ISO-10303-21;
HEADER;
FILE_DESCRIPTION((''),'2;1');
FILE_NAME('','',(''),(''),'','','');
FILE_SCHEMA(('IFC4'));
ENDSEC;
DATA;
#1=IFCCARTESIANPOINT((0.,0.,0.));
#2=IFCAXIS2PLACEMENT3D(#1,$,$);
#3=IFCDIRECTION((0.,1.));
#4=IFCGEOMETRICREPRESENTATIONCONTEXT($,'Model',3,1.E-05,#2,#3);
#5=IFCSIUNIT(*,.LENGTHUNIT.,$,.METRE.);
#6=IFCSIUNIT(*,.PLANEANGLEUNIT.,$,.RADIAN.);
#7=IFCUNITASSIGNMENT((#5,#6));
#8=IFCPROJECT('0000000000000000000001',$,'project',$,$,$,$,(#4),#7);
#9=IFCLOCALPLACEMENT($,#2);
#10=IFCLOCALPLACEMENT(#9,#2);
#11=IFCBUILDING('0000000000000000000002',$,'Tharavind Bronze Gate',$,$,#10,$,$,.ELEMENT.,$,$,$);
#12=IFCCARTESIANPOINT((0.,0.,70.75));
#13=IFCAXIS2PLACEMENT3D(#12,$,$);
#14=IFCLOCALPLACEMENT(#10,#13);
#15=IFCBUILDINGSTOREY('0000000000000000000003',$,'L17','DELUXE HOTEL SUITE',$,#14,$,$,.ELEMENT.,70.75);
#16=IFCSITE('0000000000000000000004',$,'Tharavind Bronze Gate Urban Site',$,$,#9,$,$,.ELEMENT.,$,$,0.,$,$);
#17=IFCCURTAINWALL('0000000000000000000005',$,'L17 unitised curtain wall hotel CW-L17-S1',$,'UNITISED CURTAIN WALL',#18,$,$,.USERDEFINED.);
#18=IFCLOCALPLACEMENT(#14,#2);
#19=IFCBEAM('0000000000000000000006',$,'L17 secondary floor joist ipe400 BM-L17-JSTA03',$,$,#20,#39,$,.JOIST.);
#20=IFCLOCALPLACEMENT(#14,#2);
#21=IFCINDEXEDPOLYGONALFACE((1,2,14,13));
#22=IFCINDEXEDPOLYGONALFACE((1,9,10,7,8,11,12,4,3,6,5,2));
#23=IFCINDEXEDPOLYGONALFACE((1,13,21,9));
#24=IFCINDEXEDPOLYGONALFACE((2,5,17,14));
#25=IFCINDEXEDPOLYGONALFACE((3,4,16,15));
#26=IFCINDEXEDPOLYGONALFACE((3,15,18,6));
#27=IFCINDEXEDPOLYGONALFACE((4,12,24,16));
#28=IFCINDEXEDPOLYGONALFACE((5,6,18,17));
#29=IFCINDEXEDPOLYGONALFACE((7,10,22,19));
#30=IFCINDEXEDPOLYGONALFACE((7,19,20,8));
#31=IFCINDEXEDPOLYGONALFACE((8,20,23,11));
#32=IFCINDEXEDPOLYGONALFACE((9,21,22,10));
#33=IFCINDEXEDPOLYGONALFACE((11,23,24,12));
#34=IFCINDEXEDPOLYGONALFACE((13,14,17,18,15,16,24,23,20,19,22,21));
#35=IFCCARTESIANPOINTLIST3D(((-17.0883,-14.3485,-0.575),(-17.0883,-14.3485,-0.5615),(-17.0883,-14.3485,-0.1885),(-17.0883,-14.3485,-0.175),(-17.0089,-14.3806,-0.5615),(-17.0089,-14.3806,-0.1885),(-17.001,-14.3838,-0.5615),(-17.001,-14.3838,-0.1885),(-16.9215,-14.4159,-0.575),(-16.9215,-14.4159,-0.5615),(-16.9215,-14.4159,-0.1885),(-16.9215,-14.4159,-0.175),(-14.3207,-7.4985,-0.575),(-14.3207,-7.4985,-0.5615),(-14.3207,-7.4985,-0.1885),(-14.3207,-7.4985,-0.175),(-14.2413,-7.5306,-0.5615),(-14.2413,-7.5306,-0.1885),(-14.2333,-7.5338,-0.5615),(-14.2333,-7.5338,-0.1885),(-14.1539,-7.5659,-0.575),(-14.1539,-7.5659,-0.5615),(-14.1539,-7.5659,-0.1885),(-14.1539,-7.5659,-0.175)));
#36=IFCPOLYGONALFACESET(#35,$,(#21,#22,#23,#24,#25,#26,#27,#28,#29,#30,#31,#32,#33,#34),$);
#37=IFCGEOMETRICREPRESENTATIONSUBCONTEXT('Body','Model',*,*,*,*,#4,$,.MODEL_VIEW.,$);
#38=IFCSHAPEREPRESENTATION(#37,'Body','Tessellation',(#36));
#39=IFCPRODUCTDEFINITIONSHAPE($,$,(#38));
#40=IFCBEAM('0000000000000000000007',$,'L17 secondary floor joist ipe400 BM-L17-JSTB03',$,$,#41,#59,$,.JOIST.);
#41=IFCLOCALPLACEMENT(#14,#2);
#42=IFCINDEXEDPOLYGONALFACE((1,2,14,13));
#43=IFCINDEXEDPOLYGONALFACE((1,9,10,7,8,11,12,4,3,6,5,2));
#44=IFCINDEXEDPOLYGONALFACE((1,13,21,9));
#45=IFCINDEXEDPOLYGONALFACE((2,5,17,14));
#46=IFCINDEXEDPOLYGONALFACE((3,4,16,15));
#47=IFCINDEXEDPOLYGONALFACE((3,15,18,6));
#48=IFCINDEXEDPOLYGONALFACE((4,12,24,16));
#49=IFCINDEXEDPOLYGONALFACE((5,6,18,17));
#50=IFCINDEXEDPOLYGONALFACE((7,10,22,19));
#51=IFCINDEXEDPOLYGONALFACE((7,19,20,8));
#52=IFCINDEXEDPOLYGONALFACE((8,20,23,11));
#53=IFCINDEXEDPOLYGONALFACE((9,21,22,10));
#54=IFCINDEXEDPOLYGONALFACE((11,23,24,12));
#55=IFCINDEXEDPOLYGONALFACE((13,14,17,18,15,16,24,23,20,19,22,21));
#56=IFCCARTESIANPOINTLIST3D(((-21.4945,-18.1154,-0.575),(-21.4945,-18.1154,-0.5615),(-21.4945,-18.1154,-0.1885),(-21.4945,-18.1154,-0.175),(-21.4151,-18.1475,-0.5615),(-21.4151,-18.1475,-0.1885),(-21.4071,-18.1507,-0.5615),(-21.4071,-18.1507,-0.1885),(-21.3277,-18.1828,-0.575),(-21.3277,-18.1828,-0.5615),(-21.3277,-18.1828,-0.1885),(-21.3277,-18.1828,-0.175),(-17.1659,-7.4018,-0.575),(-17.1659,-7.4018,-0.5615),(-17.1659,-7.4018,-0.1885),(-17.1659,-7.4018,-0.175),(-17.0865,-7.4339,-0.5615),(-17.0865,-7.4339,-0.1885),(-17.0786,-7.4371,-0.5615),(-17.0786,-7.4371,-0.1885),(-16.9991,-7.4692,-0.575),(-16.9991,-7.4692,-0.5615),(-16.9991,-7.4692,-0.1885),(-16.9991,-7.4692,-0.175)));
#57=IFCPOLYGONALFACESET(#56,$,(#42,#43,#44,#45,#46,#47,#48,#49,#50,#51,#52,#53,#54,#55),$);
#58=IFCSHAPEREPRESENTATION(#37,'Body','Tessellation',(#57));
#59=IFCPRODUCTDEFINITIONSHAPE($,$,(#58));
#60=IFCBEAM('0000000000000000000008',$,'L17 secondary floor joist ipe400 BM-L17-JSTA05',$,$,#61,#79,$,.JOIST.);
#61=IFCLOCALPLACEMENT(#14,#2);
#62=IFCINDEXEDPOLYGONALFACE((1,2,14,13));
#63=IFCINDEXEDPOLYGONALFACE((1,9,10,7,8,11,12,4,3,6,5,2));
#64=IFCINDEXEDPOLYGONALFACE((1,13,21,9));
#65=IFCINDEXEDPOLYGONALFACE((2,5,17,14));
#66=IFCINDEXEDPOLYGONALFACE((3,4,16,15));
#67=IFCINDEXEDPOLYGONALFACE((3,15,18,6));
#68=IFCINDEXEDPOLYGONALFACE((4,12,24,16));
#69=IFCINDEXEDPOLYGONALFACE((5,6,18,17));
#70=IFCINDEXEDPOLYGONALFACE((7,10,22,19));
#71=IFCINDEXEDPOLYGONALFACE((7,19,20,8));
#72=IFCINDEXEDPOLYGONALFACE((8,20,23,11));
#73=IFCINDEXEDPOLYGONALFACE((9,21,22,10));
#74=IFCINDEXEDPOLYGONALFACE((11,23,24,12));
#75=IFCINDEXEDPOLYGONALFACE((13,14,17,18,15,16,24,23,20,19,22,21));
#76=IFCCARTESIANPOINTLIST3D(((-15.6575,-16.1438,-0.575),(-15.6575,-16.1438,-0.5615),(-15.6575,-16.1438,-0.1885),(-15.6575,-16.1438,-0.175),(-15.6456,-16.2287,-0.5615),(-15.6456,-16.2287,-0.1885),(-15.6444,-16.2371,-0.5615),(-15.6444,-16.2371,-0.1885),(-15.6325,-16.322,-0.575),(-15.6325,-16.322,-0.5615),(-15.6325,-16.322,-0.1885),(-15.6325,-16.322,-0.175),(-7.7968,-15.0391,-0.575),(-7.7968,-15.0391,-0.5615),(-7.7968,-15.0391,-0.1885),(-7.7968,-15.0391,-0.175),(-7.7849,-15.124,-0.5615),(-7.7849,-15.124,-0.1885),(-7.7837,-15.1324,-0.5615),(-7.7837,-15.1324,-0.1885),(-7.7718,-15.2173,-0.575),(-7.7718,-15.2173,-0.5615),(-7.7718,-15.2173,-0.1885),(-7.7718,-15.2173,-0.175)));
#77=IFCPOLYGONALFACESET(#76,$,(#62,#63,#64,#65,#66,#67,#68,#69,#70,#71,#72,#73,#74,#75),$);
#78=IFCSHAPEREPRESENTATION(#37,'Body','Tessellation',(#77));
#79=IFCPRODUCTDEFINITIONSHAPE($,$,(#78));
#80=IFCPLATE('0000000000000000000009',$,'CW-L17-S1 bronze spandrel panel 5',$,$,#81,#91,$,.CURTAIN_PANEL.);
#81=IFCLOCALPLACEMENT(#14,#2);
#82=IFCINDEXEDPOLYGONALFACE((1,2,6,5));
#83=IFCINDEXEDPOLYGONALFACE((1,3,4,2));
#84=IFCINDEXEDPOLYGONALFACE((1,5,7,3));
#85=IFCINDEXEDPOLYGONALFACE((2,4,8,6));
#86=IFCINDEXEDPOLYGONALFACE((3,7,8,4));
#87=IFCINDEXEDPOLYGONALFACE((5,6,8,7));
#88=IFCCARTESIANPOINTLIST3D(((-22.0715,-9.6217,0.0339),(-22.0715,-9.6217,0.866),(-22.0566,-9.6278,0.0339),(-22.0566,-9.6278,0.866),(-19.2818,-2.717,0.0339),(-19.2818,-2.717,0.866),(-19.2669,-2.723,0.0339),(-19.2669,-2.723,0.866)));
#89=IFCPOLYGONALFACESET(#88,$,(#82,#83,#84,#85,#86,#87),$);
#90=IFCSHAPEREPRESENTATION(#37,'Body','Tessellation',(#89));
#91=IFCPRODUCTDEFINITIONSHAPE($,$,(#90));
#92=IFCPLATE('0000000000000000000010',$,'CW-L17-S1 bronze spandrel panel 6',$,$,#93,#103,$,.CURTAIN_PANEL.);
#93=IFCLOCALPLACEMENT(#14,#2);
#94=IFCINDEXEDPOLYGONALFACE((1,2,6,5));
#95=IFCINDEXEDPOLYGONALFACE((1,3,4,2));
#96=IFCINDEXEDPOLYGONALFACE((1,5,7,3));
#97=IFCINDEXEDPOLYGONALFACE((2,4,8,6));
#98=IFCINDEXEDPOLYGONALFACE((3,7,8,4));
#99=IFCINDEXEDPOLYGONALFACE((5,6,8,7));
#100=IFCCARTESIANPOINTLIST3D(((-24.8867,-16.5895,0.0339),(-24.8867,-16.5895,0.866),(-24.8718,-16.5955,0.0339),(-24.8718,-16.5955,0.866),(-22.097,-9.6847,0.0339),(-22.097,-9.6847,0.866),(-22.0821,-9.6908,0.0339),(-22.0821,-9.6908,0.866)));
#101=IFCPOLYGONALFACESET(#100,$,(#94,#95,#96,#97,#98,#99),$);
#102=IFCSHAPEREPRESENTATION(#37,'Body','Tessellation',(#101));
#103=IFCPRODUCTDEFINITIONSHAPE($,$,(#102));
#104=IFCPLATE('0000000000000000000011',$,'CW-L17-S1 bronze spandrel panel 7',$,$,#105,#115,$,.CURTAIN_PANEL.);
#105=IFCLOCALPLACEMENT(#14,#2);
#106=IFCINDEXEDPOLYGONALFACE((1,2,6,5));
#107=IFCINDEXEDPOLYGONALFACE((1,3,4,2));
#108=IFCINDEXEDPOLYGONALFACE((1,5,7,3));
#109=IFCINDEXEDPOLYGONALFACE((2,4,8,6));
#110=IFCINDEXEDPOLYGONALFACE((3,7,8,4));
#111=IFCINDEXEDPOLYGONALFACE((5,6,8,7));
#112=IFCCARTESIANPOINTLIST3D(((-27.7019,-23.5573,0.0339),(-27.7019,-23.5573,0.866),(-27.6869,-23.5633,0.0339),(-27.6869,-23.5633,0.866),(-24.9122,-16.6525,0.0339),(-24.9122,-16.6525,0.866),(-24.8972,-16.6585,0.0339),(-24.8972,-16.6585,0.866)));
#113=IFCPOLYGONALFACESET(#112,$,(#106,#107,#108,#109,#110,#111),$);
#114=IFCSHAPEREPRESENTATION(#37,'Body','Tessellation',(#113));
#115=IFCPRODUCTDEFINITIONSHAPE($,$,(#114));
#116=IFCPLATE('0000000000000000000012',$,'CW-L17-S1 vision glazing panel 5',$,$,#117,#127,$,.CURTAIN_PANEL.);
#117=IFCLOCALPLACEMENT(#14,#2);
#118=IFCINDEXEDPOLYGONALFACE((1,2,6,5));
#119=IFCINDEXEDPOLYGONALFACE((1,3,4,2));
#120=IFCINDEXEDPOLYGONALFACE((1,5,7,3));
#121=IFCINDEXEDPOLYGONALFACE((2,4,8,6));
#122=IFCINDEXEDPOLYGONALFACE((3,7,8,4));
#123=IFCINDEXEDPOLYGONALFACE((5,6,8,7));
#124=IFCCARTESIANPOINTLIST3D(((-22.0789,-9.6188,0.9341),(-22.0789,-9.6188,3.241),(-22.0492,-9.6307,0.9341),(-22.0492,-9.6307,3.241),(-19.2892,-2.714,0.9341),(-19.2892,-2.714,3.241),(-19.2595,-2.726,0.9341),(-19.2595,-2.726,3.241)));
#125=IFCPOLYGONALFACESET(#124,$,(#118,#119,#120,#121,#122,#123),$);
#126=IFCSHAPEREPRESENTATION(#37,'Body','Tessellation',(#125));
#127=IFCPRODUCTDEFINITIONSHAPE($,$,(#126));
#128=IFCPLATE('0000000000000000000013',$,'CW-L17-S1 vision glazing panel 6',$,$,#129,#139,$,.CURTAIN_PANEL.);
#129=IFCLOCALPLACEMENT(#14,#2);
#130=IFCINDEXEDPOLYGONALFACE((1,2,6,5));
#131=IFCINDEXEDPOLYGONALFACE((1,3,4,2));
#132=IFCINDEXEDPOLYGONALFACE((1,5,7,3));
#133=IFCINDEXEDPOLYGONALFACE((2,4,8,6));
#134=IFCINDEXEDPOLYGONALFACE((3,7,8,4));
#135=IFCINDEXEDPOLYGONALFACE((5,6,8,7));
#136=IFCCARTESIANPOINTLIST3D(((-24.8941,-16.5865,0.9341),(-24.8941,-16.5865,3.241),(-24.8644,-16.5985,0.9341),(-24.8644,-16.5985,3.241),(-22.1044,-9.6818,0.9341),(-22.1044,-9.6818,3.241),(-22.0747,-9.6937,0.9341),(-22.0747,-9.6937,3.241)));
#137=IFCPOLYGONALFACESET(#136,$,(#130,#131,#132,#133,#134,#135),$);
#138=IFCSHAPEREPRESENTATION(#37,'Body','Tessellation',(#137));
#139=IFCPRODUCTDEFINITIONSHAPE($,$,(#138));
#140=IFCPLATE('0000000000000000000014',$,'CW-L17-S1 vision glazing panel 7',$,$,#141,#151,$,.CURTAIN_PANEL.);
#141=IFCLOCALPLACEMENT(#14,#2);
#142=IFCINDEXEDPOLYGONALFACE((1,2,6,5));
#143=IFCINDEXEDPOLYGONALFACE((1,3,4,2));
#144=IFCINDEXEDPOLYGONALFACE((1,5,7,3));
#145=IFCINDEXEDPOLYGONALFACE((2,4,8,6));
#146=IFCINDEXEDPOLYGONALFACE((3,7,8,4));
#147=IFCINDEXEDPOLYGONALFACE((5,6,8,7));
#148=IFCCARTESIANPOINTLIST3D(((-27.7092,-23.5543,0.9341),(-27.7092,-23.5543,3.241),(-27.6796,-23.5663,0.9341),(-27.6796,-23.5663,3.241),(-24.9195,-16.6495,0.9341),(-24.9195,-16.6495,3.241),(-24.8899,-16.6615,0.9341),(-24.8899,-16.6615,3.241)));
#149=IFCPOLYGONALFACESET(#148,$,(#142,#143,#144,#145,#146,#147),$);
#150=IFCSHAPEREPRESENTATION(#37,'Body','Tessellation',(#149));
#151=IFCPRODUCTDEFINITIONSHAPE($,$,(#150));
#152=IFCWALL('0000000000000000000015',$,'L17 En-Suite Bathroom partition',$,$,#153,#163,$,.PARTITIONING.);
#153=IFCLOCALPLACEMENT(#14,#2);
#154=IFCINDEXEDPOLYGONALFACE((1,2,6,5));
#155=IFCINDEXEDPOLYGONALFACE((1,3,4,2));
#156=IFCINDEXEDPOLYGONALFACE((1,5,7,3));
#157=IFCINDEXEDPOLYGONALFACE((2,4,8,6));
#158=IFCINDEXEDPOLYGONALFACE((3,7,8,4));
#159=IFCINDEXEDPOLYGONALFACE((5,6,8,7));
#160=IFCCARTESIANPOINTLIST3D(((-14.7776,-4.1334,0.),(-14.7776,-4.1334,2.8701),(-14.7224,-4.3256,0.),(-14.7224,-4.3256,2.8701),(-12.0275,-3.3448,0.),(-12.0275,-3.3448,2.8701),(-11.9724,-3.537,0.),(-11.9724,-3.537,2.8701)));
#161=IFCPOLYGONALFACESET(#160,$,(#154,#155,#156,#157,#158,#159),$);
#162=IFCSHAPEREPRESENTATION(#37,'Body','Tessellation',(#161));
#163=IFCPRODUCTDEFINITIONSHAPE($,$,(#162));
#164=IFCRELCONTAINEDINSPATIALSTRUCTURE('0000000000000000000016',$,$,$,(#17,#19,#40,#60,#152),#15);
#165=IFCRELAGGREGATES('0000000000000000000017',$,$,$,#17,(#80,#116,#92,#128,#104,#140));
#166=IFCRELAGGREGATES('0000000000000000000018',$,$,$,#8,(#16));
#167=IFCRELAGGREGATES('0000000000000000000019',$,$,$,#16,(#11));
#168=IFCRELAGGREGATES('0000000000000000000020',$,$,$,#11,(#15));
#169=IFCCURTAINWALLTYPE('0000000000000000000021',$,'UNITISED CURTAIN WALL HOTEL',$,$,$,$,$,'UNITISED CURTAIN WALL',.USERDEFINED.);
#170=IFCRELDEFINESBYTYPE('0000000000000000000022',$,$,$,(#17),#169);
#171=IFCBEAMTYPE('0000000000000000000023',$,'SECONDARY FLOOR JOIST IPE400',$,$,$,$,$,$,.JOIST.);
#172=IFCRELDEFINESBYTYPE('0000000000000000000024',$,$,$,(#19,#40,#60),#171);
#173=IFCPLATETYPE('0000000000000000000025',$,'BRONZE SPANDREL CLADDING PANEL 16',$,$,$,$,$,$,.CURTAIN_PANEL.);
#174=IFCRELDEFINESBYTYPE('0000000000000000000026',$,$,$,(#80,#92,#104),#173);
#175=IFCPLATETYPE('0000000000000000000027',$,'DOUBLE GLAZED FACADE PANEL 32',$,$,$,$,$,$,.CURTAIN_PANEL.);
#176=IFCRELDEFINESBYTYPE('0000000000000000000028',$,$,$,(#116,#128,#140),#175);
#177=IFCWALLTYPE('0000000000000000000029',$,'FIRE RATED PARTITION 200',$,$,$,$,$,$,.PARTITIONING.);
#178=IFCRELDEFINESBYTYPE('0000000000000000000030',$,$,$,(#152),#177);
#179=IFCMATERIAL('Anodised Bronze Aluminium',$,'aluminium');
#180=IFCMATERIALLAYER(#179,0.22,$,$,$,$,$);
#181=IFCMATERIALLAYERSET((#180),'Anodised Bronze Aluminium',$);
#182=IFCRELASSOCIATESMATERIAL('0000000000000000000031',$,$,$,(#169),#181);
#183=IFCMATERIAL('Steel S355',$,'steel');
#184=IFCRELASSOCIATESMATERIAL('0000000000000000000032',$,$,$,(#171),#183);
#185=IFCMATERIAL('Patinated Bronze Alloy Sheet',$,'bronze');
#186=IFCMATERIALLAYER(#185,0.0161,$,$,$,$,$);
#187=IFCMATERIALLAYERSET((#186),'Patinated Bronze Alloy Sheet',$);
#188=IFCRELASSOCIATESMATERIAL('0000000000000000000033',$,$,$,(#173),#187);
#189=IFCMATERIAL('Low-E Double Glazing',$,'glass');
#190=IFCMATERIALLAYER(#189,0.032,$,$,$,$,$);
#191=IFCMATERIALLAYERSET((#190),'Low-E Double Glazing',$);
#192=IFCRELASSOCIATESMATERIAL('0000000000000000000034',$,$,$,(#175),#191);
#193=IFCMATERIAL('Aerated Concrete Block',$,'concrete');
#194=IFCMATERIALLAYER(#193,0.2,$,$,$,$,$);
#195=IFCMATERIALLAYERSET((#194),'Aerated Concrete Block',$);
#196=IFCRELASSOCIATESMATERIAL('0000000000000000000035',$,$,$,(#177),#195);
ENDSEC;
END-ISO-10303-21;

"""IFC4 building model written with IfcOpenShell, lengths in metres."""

from ifc_helpers import new_model, si_unit, direction, frame, frame_2d, origin, origin_2d, place, context, subcontext, project, spatial, rectangle, i_section, extrude, material, layer, layer_set, material_profile, profile_set, type_object, element, aggregate, save


model = new_model("IFC4")

# Units and contexts
model_context = context("Model", 3, precision=1e-05, world=origin(), true_north=direction((0.0, 1.0)))
body_context = subcontext(model_context, "Body", "Model", "MODEL_VIEW")
ifc_project = project(units=[si_unit("LENGTHUNIT", "METRE"), si_unit("PLANEANGLEUNIT", "RADIAN")], contexts=[model_context])

# Site, building, storey
site_placement = place(None, origin())
site = spatial("IfcSite", under=ifc_project, at=site_placement, Name="Tharavind Bronze Gate Urban Site", CompositionType="ELEMENT", RefElevation=0.0)
building_placement = place(site_placement, origin())
building = spatial("IfcBuilding", under=site, at=building_placement, Name="Tharavind Bronze Gate", CompositionType="ELEMENT")
storey_placement = place(building_placement, frame((0.0, 0.0, 70.75)))
storey = spatial("IfcBuildingStorey", under=building, at=storey_placement, Name="L17", Description="DELUXE HOTEL SUITE", CompositionType="ELEMENT", Elevation=70.75)

# Curtain wall
ifc_material_1 = material(Name="Anodised Bronze Aluminium", Category="aluminium")
ifc_layer_1 = layer(ifc_material_1, 0.22)
ifc_layer_set_1 = layer_set([ifc_layer_1], Name="Anodised Bronze Aluminium")
curtain_wall_type = type_object("IfcCurtainWallType", Name="UNITISED CURTAIN WALL HOTEL", ElementType="UNITISED CURTAIN WALL", PredefinedType="USERDEFINED", material=ifc_layer_set_1)
curtain_wall_placement = place(storey_placement, origin())
curtain_wall = element("IfcCurtainWall", 1, at=curtain_wall_placement, inside=storey, type_object=curtain_wall_type, Name="L17 unitised curtain wall hotel CW-L17-S1", ObjectType="UNITISED CURTAIN WALL", PredefinedType="USERDEFINED")

# Beams
ifc_material_2 = material(Name="Steel S355", Category="steel")
ifc_material_profile_1 = material_profile(ifc_material_2, i_section(OverallWidth=0.1799, OverallDepth=0.3999, WebThickness=0.0085, FlangeThickness=0.0134, at=origin_2d()), Name="IPE400")
ifc_profile_set_1 = profile_set([ifc_material_profile_1], Name="Steel S355")
beam_type_1 = type_object("IfcBeamType", Name="SECONDARY FLOOR JOIST IPE400", PredefinedType="JOIST", material=ifc_profile_set_1)
beam_1_placement = place(storey_placement, frame((-14.2373, -7.5322, -0.375), z_axis=(-0.374613, -0.927181, 0.0), x_axis=(0.927181, -0.374613, 0.0)))
element("IfcBeam", 2, at=beam_1_placement, inside=storey, type_object=beam_type_1, Name="L17 secondary floor joist ipe400 BM-L17-JSTA03", PredefinedType="JOIST", context=body_context, shape_type="SweptSolid", body=[
    extrude(i_section(OverallWidth=0.1799, OverallDepth=0.3999, WebThickness=0.0085, FlangeThickness=0.0134, at=origin_2d()), origin(), (0.0, 0.0, 1.0), 7.3879),
])
beam_2_placement = place(storey_placement, frame((-17.0825, -7.4355, -0.375), z_axis=(-0.374609, -0.927183, 0.0), x_axis=(0.927183, -0.374609, 0.0)))
element("IfcBeam", 3, at=beam_2_placement, inside=storey, type_object=beam_type_1, Name="L17 secondary floor joist ipe400 BM-L17-JSTB03", PredefinedType="JOIST", context=body_context, shape_type="SweptSolid", body=[
    extrude(i_section(OverallWidth=0.1799, OverallDepth=0.3999, WebThickness=0.0085, FlangeThickness=0.0134, at=origin_2d()), origin(), (0.0, 0.0, 1.0), 11.5549),
])
beam_3_placement = place(storey_placement, frame((-15.645, -16.2329, -0.375), z_axis=(0.990269, 0.139169, 0.0), x_axis=(-0.139169, 0.990269, 0.0)))
element("IfcBeam", 4, at=beam_3_placement, inside=storey, type_object=beam_type_1, Name="L17 secondary floor joist ipe400 BM-L17-JSTA05", PredefinedType="JOIST", context=body_context, shape_type="SweptSolid", body=[
    extrude(i_section(OverallWidth=0.1799, OverallDepth=0.3999, WebThickness=0.0085, FlangeThickness=0.0134, at=origin_2d()), origin(), (0.0, 0.0, 1.0), 7.938),
])

# Plates
ifc_material_3 = material(Name="Patinated Bronze Alloy Sheet", Category="bronze")
ifc_layer_2 = layer(ifc_material_3, 0.0161)
ifc_layer_set_2 = layer_set([ifc_layer_2], Name="Patinated Bronze Alloy Sheet")
plate_type_1 = type_object("IfcPlateType", Name="BRONZE SPANDREL CLADDING PANEL 16", PredefinedType="CURTAIN_PANEL", material=ifc_layer_set_2)
plate_1_placement = place(storey_placement, frame((-20.6692, -6.1724, 0.0339), z_axis=(0.0, 0.0, 1.0), x_axis=(-0.374607, -0.927184, 0.0)))
plate_1 = element("IfcPlate", 5, at=plate_1_placement, type_object=plate_type_1, Name="CW-L17-S1 bronze spandrel panel 5", PredefinedType="CURTAIN_PANEL", context=body_context, shape_type="SweptSolid", body=[
    extrude(rectangle(XDim=7.447, YDim=0.0161, at=origin_2d()), origin(), (0.0, 0.0, 1.0), 0.832),
])
plate_2_placement = place(storey_placement, frame((-23.4844, -13.1401, 0.0339), z_axis=(0.0, 0.0, 1.0), x_axis=(-0.374607, -0.927184, 0.0)))
plate_2 = element("IfcPlate", 6, at=plate_2_placement, type_object=plate_type_1, Name="CW-L17-S1 bronze spandrel panel 6", PredefinedType="CURTAIN_PANEL", context=body_context, shape_type="SweptSolid", body=[
    extrude(rectangle(XDim=7.447, YDim=0.0161, at=origin_2d()), origin(), (0.0, 0.0, 1.0), 0.832),
])
plate_3_placement = place(storey_placement, frame((-26.2996, -20.1079, 0.0339), z_axis=(0.0, 0.0, 1.0), x_axis=(-0.374607, -0.927184, 0.0)))
plate_3 = element("IfcPlate", 7, at=plate_3_placement, type_object=plate_type_1, Name="CW-L17-S1 bronze spandrel panel 7", PredefinedType="CURTAIN_PANEL", context=body_context, shape_type="SweptSolid", body=[
    extrude(rectangle(XDim=7.447, YDim=0.0161, at=origin_2d()), origin(), (0.0, 0.0, 1.0), 0.832),
])
ifc_material_4 = material(Name="Low-E Double Glazing", Category="glass")
ifc_layer_3 = layer(ifc_material_4, 0.032)
ifc_layer_set_3 = layer_set([ifc_layer_3], Name="Low-E Double Glazing")
plate_type_2 = type_object("IfcPlateType", Name="DOUBLE GLAZED FACADE PANEL 32", PredefinedType="CURTAIN_PANEL", material=ifc_layer_set_3)
plate_4_placement = place(storey_placement, frame((-20.6692, -6.1724, 0.9341), z_axis=(0.0, 0.0, 1.0), x_axis=(-0.374607, -0.927184, 0.0)))
plate_4 = element("IfcPlate", 8, at=plate_4_placement, type_object=plate_type_2, Name="CW-L17-S1 vision glazing panel 5", PredefinedType="CURTAIN_PANEL", context=body_context, shape_type="SweptSolid", body=[
    extrude(rectangle(XDim=7.447, YDim=0.032, at=origin_2d()), origin(), (0.0, 0.0, 1.0), 2.3069),
])
plate_5_placement = place(storey_placement, frame((-23.4844, -13.1401, 0.9341), z_axis=(0.0, 0.0, 1.0), x_axis=(-0.374607, -0.927184, 0.0)))
plate_5 = element("IfcPlate", 9, at=plate_5_placement, type_object=plate_type_2, Name="CW-L17-S1 vision glazing panel 6", PredefinedType="CURTAIN_PANEL", context=body_context, shape_type="SweptSolid", body=[
    extrude(rectangle(XDim=7.447, YDim=0.032, at=origin_2d()), origin(), (0.0, 0.0, 1.0), 2.3069),
])
plate_6_placement = place(storey_placement, frame((-26.2996, -20.1079, 0.9341), z_axis=(0.0, 0.0, 1.0), x_axis=(-0.374607, -0.927184, 0.0)))
plate_6 = element("IfcPlate", 10, at=plate_6_placement, type_object=plate_type_2, Name="CW-L17-S1 vision glazing panel 7", PredefinedType="CURTAIN_PANEL", context=body_context, shape_type="SweptSolid", body=[
    extrude(rectangle(XDim=7.447, YDim=0.032, at=origin_2d()), origin(), (0.0, 0.0, 1.0), 2.3069),
])
aggregate(curtain_wall, [plate_1, plate_4, plate_2, plate_5, plate_3, plate_6])

# Wall
ifc_material_5 = material(Name="Aerated Concrete Block", Category="concrete")
ifc_layer_4 = layer(ifc_material_5, 0.2)
ifc_layer_set_4 = layer_set([ifc_layer_4], Name="Aerated Concrete Block")
wall_type_1 = type_object("IfcWallType", Name="FIRE RATED PARTITION 200", PredefinedType="PARTITIONING", material=ifc_layer_set_4)
wall_1_placement = place(storey_placement, frame((-14.75, -4.2295, 0.0), z_axis=(0.0, 0.0, 1.0), x_axis=(0.961259, 0.275645, 0.0)))
element("IfcWall", 11, at=wall_1_placement, inside=storey, type_object=wall_type_1, Name="L17 En-Suite Bathroom partition", PredefinedType="PARTITIONING", context=body_context, shape_type="SweptSolid", body=[
    extrude(rectangle(XDim=2.8608, YDim=0.2, at=frame_2d((1.4304, 0.0))), origin(), (0.0, 0.0, 1.0), 2.8701),
])

save(model, "model.ifc")
